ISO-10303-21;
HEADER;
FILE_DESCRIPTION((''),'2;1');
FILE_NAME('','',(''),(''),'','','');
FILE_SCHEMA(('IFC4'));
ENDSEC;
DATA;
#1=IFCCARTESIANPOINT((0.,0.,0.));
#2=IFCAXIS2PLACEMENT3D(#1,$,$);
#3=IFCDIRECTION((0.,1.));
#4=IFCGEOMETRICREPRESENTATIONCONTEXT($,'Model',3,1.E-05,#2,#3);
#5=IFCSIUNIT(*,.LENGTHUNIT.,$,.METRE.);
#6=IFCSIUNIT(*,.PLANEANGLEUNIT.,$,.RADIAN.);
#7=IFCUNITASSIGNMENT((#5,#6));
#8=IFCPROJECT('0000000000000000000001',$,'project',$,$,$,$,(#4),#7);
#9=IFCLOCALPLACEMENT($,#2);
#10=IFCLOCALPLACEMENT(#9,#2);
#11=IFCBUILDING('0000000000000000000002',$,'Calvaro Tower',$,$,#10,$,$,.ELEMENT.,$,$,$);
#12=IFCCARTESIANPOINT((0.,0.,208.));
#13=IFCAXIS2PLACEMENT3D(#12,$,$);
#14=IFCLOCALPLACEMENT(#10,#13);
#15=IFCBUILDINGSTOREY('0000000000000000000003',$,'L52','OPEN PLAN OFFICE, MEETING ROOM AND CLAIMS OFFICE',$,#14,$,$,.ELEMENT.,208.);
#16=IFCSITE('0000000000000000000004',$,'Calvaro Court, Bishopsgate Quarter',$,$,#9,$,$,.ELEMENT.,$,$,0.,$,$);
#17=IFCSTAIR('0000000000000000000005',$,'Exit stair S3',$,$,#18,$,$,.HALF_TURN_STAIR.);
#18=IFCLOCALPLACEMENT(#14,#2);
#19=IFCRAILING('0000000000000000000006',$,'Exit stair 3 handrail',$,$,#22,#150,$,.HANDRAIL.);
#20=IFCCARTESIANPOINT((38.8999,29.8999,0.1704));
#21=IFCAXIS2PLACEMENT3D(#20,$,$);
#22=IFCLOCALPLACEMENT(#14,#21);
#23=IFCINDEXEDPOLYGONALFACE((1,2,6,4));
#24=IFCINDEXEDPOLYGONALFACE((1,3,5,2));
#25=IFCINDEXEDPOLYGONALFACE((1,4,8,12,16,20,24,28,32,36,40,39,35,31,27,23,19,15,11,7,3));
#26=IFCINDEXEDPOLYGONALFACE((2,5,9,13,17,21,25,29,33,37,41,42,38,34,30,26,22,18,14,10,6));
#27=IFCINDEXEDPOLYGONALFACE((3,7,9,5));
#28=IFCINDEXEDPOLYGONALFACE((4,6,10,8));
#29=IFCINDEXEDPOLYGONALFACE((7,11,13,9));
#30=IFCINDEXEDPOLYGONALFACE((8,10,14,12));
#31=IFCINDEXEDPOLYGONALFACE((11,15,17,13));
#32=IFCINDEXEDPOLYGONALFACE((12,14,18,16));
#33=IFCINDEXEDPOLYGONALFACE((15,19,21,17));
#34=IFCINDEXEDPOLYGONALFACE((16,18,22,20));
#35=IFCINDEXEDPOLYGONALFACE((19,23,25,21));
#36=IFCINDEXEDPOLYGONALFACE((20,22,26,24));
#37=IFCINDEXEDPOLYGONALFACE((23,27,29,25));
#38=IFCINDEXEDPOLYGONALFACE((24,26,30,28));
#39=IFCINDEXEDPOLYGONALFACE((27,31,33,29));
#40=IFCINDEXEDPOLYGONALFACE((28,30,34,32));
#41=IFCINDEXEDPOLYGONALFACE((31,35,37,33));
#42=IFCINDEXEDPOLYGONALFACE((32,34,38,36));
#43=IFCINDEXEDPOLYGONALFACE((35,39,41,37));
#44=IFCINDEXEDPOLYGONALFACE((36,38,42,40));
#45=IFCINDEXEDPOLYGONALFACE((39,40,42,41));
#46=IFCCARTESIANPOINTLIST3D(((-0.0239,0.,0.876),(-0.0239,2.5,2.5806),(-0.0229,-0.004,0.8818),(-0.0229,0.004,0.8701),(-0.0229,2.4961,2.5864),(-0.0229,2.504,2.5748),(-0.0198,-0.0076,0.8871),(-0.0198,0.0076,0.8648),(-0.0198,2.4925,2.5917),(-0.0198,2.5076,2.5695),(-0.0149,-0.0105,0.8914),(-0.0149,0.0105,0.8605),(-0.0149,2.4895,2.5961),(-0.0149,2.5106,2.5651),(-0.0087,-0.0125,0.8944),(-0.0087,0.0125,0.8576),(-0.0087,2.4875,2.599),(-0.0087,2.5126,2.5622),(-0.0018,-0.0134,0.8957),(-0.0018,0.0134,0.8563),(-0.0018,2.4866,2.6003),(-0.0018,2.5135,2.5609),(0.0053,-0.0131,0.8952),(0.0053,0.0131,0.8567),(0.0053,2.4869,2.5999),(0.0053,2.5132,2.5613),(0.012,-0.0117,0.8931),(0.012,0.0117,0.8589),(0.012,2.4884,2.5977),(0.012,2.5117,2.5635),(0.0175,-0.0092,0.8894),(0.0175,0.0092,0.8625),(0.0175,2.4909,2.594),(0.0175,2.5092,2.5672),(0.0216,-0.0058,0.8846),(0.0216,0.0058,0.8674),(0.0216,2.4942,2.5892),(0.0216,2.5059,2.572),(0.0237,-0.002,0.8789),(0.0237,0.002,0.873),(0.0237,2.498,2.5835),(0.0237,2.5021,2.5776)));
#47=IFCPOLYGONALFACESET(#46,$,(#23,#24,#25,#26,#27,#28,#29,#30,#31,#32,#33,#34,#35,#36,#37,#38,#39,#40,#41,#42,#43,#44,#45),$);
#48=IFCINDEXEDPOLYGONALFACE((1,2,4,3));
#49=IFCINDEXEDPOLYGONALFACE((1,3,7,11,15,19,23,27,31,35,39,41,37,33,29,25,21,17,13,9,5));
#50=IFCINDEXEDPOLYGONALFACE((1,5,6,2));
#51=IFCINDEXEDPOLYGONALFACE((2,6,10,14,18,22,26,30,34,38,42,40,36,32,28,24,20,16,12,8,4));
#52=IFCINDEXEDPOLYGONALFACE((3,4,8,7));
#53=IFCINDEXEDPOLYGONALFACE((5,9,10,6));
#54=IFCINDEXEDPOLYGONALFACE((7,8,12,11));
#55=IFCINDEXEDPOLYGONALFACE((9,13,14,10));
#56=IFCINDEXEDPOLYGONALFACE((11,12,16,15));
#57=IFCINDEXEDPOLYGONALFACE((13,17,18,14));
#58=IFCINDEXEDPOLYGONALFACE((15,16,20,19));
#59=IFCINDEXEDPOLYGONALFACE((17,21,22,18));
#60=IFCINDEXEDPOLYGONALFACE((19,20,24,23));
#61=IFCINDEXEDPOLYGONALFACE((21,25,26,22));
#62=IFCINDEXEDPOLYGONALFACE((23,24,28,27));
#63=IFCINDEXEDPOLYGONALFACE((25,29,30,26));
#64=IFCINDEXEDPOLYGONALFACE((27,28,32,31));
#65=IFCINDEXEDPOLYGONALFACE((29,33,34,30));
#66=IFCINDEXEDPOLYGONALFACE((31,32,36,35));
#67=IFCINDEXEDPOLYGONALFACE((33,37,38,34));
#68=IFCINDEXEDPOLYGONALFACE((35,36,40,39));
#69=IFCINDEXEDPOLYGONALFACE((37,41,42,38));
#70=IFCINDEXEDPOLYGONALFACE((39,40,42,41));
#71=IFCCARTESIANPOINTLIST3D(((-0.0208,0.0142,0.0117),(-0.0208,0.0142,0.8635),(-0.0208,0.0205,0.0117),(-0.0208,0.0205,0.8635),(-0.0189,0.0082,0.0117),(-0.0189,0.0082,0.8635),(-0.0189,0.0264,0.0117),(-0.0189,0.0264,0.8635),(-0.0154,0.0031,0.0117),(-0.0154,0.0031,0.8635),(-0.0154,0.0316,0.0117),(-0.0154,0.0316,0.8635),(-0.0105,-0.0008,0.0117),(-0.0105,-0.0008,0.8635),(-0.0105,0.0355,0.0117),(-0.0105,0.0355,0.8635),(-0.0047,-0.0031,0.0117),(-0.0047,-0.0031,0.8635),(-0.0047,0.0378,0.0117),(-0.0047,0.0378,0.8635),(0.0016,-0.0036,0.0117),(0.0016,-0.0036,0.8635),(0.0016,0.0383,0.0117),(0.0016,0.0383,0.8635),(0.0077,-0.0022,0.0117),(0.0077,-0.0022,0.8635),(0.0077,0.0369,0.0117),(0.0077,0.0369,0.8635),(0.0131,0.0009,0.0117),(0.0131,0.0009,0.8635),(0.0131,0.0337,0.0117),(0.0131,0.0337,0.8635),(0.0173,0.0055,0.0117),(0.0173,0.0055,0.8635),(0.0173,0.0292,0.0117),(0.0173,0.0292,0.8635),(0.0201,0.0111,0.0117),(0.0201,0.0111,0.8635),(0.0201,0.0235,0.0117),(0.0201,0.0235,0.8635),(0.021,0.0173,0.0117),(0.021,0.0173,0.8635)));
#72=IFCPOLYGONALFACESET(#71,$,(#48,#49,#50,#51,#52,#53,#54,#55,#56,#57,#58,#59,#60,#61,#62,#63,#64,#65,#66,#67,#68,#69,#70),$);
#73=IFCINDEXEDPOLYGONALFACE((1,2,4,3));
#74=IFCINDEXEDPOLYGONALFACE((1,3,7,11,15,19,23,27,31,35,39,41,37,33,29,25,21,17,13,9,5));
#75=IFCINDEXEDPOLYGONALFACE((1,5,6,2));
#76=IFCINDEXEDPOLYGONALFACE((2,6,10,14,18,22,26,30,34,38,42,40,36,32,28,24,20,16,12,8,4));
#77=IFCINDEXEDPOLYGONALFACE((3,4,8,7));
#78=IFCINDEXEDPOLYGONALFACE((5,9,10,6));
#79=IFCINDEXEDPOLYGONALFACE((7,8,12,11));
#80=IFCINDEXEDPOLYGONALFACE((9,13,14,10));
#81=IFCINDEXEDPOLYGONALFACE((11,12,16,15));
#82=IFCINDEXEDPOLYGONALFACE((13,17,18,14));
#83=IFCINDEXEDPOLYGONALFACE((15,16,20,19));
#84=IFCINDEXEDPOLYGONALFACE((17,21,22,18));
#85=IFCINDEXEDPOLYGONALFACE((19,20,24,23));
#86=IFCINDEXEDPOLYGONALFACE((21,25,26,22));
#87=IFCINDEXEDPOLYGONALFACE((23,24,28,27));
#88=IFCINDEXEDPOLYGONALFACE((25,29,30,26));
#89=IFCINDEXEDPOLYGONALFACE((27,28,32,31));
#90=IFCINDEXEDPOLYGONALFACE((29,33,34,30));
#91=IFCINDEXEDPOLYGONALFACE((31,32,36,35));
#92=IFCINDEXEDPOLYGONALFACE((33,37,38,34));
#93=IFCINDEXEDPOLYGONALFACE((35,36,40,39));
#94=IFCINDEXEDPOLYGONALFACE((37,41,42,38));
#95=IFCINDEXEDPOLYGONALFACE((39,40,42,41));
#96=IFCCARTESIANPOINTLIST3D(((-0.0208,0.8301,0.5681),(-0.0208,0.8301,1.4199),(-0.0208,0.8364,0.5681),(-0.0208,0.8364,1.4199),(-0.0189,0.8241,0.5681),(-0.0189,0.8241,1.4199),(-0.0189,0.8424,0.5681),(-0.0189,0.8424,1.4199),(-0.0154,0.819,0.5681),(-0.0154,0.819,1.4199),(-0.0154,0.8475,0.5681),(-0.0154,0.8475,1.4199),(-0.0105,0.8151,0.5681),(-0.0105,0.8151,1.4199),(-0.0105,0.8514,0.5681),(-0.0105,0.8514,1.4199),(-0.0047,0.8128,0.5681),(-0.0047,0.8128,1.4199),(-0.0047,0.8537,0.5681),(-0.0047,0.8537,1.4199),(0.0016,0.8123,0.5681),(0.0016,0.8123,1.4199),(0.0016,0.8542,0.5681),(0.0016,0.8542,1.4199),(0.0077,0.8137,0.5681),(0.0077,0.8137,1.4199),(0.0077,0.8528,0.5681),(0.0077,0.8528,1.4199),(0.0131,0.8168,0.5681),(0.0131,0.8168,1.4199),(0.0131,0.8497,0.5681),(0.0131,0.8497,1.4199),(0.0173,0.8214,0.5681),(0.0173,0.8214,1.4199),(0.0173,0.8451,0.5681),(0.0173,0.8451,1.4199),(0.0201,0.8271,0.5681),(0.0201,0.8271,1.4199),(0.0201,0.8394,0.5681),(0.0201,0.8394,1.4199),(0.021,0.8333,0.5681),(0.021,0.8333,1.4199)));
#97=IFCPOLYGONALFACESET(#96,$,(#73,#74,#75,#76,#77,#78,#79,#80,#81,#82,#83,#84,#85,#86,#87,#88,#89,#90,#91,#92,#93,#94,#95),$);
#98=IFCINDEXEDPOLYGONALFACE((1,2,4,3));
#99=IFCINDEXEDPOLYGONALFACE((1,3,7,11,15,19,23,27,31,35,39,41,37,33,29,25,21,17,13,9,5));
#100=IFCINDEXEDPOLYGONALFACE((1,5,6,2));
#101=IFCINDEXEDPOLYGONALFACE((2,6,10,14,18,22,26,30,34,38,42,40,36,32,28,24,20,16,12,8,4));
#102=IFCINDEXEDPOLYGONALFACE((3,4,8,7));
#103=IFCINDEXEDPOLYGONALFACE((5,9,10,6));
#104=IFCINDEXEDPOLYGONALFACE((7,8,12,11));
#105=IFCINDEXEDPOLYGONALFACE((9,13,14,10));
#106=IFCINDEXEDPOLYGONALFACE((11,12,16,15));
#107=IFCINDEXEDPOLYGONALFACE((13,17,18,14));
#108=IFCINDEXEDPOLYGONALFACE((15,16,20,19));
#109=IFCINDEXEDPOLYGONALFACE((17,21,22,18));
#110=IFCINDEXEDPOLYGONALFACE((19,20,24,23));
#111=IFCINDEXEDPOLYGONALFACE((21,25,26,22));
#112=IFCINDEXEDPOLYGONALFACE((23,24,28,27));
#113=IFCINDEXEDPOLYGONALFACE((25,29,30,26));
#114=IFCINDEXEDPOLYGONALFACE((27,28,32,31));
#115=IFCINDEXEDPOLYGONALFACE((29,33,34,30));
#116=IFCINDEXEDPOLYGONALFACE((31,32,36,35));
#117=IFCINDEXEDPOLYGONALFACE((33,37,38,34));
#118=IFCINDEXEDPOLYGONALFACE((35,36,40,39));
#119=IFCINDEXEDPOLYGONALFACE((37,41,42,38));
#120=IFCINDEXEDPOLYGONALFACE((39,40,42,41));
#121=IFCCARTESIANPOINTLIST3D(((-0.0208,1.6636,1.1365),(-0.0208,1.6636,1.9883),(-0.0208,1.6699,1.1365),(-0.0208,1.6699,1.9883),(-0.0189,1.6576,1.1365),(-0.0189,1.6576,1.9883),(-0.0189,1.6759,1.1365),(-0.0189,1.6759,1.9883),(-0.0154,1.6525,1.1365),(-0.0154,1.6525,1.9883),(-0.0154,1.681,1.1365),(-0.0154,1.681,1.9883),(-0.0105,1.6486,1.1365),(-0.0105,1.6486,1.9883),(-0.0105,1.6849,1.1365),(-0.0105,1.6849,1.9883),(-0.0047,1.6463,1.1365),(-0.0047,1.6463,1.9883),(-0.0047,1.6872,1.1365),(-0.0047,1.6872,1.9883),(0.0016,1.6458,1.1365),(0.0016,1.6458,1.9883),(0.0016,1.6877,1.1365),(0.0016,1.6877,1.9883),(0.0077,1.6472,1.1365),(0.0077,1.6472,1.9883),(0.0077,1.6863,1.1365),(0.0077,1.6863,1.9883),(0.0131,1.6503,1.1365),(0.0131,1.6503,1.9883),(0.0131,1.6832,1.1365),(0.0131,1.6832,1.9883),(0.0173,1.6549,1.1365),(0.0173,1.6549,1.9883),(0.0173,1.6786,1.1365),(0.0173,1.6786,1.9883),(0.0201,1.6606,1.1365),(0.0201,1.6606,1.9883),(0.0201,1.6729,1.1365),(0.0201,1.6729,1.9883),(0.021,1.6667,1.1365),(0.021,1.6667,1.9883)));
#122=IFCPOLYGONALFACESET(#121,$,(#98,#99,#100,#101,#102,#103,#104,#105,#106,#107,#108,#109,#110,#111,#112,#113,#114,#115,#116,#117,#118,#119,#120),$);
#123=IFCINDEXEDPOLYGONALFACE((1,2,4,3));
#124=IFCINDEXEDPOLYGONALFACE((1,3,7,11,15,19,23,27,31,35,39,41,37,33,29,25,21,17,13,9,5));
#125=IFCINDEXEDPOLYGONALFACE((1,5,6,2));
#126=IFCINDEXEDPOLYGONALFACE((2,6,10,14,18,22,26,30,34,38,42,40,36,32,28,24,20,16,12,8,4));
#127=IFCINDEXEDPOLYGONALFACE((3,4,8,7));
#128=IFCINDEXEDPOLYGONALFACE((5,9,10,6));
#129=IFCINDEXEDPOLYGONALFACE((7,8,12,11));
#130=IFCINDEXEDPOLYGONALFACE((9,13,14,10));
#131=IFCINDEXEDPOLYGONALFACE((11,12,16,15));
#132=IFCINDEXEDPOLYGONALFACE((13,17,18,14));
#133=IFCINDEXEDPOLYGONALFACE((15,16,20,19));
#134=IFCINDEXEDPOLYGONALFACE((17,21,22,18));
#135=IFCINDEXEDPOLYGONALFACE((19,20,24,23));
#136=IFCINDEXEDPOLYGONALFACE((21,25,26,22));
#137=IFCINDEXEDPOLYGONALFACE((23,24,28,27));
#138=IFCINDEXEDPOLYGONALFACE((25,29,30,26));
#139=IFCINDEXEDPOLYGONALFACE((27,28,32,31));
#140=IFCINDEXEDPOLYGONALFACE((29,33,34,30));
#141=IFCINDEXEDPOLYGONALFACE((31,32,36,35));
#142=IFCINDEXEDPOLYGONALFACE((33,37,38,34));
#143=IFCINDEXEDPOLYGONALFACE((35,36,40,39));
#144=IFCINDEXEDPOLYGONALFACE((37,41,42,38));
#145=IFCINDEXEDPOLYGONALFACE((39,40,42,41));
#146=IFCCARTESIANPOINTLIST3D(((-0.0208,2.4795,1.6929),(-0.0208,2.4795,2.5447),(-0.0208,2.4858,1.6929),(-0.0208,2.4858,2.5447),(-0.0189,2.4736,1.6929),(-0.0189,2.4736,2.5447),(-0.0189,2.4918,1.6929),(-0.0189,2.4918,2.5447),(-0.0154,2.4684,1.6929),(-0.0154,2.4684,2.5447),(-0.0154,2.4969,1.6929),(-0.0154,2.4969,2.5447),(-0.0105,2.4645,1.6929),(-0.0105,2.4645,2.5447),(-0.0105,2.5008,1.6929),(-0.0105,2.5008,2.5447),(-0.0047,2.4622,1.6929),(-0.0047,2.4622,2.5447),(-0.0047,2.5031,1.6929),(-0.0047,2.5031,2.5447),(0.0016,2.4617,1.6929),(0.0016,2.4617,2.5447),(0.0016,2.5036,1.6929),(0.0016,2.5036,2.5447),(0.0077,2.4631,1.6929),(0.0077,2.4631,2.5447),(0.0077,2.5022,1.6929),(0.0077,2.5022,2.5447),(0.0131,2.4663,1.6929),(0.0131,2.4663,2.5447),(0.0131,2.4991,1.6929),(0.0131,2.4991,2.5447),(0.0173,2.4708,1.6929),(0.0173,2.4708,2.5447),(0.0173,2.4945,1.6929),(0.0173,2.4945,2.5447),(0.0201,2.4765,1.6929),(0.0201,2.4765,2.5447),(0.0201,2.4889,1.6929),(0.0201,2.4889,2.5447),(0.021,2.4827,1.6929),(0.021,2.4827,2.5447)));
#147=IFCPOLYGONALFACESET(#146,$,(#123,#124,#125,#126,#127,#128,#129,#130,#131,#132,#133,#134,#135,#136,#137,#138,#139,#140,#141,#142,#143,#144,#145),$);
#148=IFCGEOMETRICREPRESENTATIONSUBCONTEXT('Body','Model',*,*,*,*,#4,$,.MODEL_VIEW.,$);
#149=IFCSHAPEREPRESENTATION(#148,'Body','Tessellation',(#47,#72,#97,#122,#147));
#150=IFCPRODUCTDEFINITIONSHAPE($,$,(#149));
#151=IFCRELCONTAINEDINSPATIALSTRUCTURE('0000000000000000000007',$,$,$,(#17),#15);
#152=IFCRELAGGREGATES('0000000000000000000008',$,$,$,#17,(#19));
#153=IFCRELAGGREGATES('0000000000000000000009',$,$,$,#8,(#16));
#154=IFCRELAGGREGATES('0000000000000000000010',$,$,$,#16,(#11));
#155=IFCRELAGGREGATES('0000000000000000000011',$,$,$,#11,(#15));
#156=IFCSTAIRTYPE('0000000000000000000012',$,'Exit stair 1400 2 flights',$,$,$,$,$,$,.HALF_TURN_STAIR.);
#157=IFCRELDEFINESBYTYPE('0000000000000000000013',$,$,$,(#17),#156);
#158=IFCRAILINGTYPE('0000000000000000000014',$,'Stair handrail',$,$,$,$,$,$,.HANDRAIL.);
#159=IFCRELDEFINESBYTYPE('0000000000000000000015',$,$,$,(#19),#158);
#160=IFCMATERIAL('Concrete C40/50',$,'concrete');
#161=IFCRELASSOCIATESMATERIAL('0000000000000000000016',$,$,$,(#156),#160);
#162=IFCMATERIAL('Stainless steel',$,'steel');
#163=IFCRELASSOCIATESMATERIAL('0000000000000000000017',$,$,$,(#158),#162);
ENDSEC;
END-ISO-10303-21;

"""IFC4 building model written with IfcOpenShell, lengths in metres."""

from ifc_helpers import new_model, si_unit, direction, frame, origin, origin_2d, place, context, subcontext, project, spatial, circle, extrude, material, type_object, element, aggregate, save


model = new_model("IFC4")

# Units and contexts
model_context = context("Model", 3, precision=1e-05, world=origin(), true_north=direction((0.0, 1.0)))
body_context = subcontext(model_context, "Body", "Model", "MODEL_VIEW")
ifc_project = project(units=[si_unit("LENGTHUNIT", "METRE"), si_unit("PLANEANGLEUNIT", "RADIAN")], contexts=[model_context])

# Site, building, storey
site_placement = place(None, origin())
site = spatial("IfcSite", under=ifc_project, at=site_placement, Name="Calvaro Court, Bishopsgate Quarter", CompositionType="ELEMENT", RefElevation=0.0)
building_placement = place(site_placement, origin())
building = spatial("IfcBuilding", under=site, at=building_placement, Name="Calvaro Tower", CompositionType="ELEMENT")
storey_placement = place(building_placement, frame((0.0, 0.0, 208.0)))
storey = spatial("IfcBuildingStorey", under=building, at=storey_placement, Name="L52", Description="OPEN PLAN OFFICE, MEETING ROOM AND CLAIMS OFFICE", CompositionType="ELEMENT", Elevation=208.0)

# Stair, railing
ifc_material_1 = material(Name="Concrete C40/50", Category="concrete")
stair_type = type_object("IfcStairType", Name="Exit stair 1400 2 flights", PredefinedType="HALF_TURN_STAIR", material=ifc_material_1)
stair_placement = place(storey_placement, origin())
stair = element("IfcStair", 1, at=stair_placement, inside=storey, type_object=stair_type, Name="Exit stair S3", PredefinedType="HALF_TURN_STAIR")
ifc_material_2 = material(Name="Stainless steel", Category="steel")
railing_type = type_object("IfcRailingType", Name="Stair handrail", PredefinedType="HANDRAIL", material=ifc_material_2)
railing_1_placement = place(storey_placement, frame((38.8999, 29.8999, 0.1704)))
railing_1 = element("IfcRailing", 2, at=railing_1_placement, type_object=railing_type, Name="Exit stair 3 handrail", PredefinedType="HANDRAIL", context=body_context, shape_type="SweptSolid", body=[
    extrude(circle(Radius=0.0239, at=origin_2d()), frame((0.0, 0.0, 0.876), z_axis=(0.0, 0.826221, 0.563347), x_axis=(-1.0, 0.0, 0.0)), (0.0, 0.0, 1.0), 3.0259),
    extrude(circle(Radius=0.021, at=origin_2d()), frame((0.0, 0.0173, 0.0117)), (0.0, 0.0, 1.0), 0.8518),
    extrude(circle(Radius=0.021, at=origin_2d()), frame((0.0, 0.8333, 0.5681)), (0.0, 0.0, 1.0), 0.8518),
    extrude(circle(Radius=0.021, at=origin_2d()), frame((0.0, 1.6667, 1.1365)), (0.0, 0.0, 1.0), 0.8518),
    extrude(circle(Radius=0.021, at=origin_2d()), frame((0.0, 2.4827, 1.6929)), (0.0, 0.0, 1.0), 0.8518),
])
aggregate(stair, [railing_1])

save(model, "model.ifc")
